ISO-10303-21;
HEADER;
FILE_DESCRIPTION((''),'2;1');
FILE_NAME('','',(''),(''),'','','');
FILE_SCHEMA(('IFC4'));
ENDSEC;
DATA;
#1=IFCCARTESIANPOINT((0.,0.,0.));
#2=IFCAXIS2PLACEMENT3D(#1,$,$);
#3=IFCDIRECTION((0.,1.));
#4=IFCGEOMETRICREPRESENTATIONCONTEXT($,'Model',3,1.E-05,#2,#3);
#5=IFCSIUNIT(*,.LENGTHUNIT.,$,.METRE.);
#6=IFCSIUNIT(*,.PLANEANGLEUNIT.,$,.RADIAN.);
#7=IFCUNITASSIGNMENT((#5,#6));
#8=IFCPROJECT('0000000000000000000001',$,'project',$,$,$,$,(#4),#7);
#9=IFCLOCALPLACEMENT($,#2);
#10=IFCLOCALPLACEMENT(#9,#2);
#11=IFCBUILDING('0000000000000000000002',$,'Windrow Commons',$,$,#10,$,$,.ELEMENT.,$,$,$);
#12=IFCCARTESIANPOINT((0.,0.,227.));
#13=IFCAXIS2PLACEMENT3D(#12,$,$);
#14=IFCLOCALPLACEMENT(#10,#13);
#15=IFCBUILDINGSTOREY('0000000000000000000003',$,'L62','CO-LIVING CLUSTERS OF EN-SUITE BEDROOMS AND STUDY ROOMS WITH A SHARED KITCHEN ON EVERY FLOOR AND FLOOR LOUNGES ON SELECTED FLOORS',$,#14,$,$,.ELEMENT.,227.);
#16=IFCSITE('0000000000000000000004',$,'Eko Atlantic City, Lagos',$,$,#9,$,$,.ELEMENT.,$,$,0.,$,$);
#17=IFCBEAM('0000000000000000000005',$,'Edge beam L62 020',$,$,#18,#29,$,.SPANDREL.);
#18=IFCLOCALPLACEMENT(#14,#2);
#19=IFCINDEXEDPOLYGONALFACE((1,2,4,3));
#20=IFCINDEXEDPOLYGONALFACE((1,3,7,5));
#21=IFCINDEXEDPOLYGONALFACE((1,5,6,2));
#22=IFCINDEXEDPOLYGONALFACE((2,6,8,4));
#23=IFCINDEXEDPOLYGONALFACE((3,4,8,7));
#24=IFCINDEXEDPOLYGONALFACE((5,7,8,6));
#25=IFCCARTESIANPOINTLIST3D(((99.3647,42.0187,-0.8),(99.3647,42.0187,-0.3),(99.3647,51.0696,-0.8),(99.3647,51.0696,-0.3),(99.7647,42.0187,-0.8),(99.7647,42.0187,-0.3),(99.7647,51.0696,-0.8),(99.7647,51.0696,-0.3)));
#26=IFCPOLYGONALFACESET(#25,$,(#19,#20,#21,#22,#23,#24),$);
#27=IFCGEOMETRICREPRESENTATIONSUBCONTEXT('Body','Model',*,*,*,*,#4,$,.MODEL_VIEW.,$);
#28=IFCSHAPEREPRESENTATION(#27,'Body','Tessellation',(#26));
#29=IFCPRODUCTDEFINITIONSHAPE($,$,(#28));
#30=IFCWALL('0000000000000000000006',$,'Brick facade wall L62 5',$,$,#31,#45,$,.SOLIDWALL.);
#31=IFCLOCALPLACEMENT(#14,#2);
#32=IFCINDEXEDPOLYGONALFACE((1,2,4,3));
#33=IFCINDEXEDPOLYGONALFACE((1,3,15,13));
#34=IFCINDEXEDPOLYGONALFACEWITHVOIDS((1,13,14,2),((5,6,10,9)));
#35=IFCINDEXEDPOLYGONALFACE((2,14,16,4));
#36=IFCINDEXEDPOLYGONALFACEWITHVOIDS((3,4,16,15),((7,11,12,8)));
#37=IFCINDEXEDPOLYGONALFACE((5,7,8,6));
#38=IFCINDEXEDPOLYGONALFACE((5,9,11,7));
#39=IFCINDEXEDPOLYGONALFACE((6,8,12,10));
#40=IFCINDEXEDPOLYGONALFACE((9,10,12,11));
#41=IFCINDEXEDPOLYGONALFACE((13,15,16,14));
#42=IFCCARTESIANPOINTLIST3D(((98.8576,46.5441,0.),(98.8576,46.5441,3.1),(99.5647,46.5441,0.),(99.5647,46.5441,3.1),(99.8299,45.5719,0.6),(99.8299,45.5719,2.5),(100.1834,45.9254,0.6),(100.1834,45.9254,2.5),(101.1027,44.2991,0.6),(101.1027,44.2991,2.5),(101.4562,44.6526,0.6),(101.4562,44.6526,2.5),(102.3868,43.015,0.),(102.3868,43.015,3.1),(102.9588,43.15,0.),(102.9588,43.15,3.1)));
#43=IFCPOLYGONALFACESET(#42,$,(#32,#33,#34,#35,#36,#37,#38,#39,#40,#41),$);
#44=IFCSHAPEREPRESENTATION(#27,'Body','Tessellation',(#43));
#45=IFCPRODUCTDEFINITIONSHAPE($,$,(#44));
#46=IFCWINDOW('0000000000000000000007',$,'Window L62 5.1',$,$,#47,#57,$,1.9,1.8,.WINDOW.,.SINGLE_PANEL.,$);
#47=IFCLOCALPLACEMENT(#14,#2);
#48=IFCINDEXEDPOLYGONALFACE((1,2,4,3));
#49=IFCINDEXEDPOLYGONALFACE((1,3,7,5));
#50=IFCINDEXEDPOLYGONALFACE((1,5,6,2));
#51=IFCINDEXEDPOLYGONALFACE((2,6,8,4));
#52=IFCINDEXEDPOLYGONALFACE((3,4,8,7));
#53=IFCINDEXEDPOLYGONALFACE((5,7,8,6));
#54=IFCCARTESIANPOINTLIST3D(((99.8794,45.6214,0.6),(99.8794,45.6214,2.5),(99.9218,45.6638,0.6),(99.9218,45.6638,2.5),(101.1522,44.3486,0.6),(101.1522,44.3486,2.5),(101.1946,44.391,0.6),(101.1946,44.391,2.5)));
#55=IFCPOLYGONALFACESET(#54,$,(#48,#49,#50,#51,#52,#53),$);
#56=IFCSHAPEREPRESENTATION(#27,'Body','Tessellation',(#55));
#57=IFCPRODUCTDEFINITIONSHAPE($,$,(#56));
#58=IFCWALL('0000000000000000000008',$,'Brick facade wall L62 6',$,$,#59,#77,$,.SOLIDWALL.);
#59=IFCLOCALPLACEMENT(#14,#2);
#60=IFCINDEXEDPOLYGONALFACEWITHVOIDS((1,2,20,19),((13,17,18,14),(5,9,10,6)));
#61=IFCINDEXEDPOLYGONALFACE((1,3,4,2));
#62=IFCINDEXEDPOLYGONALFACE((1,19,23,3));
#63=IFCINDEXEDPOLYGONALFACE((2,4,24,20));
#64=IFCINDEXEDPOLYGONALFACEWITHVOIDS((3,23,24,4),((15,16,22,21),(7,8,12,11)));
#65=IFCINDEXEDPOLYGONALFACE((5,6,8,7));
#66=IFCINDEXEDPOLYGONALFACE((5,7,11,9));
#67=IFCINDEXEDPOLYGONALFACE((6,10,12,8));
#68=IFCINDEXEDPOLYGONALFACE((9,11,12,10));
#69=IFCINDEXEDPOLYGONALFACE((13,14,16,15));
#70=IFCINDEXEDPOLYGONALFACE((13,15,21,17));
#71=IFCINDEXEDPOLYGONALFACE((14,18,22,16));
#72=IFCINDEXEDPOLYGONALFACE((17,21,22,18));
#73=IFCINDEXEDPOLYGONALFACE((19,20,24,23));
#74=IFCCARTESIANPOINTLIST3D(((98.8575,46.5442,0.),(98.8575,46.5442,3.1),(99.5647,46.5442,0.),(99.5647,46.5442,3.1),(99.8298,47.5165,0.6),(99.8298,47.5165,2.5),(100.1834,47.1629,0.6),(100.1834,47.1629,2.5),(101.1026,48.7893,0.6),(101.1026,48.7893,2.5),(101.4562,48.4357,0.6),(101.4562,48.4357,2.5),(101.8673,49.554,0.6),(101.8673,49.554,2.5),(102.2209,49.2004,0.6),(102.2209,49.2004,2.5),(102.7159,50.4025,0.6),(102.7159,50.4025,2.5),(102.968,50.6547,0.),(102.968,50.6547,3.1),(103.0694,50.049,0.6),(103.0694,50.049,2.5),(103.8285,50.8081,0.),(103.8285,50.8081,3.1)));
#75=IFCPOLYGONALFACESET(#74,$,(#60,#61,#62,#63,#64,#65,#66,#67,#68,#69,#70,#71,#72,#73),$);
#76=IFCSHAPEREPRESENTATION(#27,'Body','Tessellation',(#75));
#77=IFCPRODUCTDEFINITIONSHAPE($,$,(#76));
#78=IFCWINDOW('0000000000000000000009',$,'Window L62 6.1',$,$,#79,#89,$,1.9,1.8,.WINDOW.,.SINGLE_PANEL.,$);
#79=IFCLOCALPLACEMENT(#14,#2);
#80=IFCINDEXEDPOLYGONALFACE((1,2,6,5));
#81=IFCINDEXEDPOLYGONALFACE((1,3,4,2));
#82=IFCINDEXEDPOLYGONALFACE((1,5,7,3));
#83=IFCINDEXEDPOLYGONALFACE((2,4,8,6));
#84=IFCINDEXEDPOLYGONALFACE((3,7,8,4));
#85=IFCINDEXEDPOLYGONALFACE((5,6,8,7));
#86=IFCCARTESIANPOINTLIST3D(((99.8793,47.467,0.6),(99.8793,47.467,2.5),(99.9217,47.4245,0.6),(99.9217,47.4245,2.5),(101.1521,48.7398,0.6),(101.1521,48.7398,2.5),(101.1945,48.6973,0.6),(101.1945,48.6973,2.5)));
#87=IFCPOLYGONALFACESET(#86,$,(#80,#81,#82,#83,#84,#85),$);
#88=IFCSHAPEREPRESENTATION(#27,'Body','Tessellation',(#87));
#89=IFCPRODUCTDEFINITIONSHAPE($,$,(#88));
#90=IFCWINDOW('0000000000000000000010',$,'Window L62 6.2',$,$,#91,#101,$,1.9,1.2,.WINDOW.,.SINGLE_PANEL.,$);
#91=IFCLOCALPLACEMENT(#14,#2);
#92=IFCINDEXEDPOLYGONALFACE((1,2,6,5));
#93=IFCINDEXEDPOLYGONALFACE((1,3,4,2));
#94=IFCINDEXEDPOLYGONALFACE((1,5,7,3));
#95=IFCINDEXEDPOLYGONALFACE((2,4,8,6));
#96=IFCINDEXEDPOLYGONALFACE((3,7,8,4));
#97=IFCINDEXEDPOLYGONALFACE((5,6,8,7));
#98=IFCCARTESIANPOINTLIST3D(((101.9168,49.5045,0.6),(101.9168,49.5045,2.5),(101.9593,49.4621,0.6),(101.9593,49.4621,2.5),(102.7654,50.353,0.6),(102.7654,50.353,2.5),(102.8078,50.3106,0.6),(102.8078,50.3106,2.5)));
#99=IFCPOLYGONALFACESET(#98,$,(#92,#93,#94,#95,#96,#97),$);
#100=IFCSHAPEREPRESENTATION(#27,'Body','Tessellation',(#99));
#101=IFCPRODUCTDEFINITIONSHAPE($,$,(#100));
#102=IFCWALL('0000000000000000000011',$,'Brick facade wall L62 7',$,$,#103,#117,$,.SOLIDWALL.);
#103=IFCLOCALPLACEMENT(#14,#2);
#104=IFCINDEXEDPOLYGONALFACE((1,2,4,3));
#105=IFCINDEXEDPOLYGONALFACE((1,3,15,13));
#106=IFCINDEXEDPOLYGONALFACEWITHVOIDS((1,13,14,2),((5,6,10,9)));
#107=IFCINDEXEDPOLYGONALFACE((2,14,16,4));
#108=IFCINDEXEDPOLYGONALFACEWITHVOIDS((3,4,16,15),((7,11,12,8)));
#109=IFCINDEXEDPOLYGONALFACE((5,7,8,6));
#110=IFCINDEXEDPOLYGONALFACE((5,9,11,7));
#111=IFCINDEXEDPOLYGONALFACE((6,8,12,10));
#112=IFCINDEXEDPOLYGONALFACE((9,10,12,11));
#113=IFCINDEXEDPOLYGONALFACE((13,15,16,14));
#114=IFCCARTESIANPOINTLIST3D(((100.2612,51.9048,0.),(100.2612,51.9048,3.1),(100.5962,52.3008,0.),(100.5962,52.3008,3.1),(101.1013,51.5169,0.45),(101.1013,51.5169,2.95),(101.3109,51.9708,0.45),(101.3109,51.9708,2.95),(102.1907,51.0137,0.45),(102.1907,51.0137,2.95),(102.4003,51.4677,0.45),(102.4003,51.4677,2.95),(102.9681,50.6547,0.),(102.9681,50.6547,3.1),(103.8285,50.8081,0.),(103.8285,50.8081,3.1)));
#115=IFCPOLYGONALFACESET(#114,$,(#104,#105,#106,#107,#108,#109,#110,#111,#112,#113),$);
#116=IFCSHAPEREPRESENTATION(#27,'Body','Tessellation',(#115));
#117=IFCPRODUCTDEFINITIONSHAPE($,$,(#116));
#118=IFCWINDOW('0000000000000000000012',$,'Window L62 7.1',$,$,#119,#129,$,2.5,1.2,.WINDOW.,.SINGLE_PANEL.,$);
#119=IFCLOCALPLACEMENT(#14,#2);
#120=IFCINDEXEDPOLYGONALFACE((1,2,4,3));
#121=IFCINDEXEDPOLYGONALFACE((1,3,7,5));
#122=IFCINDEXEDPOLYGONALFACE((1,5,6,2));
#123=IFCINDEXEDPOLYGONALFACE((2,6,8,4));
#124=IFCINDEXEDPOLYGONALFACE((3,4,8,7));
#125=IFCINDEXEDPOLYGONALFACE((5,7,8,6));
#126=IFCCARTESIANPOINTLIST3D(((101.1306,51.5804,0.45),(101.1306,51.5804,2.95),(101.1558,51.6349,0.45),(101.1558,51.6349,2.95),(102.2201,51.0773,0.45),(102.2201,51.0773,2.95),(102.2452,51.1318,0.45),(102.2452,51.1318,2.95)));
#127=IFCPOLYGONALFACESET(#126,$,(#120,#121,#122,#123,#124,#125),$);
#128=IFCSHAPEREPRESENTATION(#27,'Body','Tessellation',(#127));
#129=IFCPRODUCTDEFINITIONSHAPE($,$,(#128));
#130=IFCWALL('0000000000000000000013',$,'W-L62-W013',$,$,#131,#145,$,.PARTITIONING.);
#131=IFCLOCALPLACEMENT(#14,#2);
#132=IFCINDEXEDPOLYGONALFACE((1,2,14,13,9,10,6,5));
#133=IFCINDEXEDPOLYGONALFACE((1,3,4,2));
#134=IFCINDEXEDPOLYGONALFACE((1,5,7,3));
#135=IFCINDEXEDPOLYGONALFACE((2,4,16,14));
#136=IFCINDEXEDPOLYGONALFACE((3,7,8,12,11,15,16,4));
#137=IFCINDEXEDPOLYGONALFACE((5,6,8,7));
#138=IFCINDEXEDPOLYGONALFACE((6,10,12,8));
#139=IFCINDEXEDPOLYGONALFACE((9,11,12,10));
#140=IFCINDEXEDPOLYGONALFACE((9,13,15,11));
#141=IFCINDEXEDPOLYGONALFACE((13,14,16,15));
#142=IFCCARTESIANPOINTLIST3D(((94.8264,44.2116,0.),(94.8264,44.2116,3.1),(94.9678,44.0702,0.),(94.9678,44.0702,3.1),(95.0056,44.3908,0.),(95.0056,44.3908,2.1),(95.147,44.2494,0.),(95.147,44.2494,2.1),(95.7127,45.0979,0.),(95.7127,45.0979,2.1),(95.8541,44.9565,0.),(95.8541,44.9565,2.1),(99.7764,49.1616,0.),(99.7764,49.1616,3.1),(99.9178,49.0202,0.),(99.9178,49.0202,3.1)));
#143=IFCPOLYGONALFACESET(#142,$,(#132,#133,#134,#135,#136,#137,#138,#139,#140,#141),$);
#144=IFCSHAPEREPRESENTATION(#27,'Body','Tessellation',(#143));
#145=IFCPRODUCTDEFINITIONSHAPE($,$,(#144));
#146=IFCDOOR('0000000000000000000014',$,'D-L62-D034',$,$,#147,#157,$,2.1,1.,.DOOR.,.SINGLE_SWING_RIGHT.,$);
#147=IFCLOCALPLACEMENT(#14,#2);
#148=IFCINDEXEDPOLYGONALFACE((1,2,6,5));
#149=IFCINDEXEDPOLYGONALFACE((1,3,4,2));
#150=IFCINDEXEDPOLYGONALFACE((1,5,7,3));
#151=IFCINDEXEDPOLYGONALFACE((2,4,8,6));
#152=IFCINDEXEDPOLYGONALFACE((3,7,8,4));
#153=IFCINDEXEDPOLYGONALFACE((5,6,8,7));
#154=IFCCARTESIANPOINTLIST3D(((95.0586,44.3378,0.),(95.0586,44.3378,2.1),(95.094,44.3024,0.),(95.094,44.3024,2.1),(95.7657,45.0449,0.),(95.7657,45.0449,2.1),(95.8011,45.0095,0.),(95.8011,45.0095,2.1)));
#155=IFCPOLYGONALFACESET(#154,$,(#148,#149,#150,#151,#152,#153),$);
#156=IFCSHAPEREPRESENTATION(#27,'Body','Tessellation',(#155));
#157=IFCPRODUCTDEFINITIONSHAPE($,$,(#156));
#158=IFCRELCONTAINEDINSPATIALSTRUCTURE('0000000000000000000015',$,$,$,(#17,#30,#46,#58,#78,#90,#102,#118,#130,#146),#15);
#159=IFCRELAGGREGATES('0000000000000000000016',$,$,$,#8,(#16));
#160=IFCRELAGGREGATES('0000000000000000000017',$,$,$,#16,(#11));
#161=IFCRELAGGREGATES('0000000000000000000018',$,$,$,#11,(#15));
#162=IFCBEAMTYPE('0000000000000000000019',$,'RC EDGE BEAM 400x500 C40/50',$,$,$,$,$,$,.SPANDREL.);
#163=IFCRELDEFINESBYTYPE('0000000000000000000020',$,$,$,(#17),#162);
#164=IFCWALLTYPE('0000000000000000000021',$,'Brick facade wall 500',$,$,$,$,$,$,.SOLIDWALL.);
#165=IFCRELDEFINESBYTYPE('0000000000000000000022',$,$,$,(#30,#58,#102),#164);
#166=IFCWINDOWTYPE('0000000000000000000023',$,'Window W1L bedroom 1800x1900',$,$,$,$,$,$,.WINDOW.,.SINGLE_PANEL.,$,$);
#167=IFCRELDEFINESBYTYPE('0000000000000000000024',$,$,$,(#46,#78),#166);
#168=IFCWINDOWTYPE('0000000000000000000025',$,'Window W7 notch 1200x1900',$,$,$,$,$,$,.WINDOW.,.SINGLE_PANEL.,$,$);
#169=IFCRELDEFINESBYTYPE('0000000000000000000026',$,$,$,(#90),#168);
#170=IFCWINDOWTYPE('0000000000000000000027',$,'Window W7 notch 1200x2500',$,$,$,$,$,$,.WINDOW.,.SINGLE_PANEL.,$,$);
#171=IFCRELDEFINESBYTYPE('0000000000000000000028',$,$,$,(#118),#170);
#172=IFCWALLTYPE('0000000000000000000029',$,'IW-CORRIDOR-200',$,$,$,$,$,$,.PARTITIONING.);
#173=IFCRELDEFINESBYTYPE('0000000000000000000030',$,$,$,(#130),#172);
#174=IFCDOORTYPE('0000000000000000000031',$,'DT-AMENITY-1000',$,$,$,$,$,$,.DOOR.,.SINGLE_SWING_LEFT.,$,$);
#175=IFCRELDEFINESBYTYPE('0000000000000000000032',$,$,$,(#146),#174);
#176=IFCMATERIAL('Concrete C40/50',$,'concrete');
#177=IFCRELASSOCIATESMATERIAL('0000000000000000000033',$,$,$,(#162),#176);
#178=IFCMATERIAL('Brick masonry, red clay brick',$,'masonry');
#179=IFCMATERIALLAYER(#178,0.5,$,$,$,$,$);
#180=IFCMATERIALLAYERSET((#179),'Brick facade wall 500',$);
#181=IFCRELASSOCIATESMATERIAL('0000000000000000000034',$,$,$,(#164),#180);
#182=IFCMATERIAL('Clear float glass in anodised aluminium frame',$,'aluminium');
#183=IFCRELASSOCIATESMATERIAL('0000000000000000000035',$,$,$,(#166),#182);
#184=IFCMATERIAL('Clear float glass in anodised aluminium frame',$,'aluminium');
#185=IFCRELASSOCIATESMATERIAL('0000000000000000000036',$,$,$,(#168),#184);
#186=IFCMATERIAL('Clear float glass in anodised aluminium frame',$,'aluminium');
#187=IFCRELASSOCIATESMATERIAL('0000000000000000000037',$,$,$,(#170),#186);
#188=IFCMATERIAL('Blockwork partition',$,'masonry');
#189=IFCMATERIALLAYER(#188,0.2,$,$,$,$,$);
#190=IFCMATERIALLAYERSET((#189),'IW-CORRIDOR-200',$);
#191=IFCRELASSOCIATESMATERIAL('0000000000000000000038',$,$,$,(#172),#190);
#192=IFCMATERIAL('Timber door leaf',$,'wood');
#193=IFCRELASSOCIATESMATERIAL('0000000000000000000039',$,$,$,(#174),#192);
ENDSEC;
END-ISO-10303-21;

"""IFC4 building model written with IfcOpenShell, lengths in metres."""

from ifc_helpers import new_model, si_unit, direction, frame, frame_2d, origin, origin_2d, place, context, subcontext, project, spatial, polyline, rectangle, outline, extrude, material, layer, layer_set, material_profile, profile_set, type_object, element, fill, save


model = new_model("IFC4")

# Units and contexts
model_context = context("Model", 3, precision=1e-05, world=origin(), true_north=direction((0.0, 1.0)))
body_context = subcontext(model_context, "Body", "Model", "MODEL_VIEW")
ifc_project = project(units=[si_unit("LENGTHUNIT", "METRE"), si_unit("PLANEANGLEUNIT", "RADIAN")], contexts=[model_context])

# Site, building, storey
site_placement = place(None, origin())
site = spatial("IfcSite", under=ifc_project, at=site_placement, Name="Eko Atlantic City, Lagos", CompositionType="ELEMENT", RefElevation=0.0)
building_placement = place(site_placement, origin())
building = spatial("IfcBuilding", under=site, at=building_placement, Name="Windrow Commons", CompositionType="ELEMENT")
storey_placement = place(building_placement, frame((0.0, 0.0, 227.0)))
storey = spatial("IfcBuildingStorey", under=building, at=storey_placement, Name="L62", Description="CO-LIVING CLUSTERS OF EN-SUITE BEDROOMS AND STUDY ROOMS WITH A SHARED KITCHEN ON EVERY FLOOR AND FLOOR LOUNGES ON SELECTED FLOORS", CompositionType="ELEMENT", Elevation=227.0)

# Beam
ifc_material_1 = material(Name="Concrete C40/50", Category="concrete")
ifc_material_profile = material_profile(ifc_material_1, rectangle(XDim=0.4, YDim=0.5, at=origin_2d()))
ifc_profile_set = profile_set([ifc_material_profile], Name="Concrete C40/50")
beam_type = type_object("IfcBeamType", Name="RC EDGE BEAM 400x500 C40/50", PredefinedType="SPANDREL", material=ifc_profile_set)
beam_placement = place(storey_placement, frame((99.5647, 51.0696, -0.55), z_axis=(0.0, -1.0, 0.0), x_axis=(1.0, 0.0, 0.0)))
element("IfcBeam", 1, at=beam_placement, inside=storey, type_object=beam_type, Name="Edge beam L62 020", PredefinedType="SPANDREL", context=body_context, shape_type="SweptSolid", body=[
    extrude(rectangle(XDim=0.4, YDim=0.5, at=origin_2d()), origin(), (0.0, 0.0, 1.0), 9.0509),
])

# Wall, opening, window
ifc_material_2 = material(Name="Brick masonry, red clay brick", Category="masonry")
ifc_layer_1 = layer(ifc_material_2, 0.5)
ifc_layer_set_1 = layer_set([ifc_layer_1], Name="Brick facade wall 500")
wall_type_1 = type_object("IfcWallType", Name="Brick facade wall 500", PredefinedType="SOLIDWALL", material=ifc_layer_set_1)
wall_1_placement = place(storey_placement, frame((102.6728, 43.0825, 0.0), z_axis=(0.0, 0.0, 1.0), x_axis=(-0.707107, 0.707107, 0.0)))
wall_1 = element("IfcWall", 2, at=wall_1_placement, inside=storey, type_object=wall_type_1, Name="Brick facade wall L62 5", PredefinedType="SOLIDWALL", context=body_context, shape_type="SweptSolid", body=[
    extrude(outline(polyline([(-0.1545, -0.25), (4.6455, -0.25), (5.1455, 0.25), (0.1545, 0.25), (-0.1545, -0.25)])), origin(), (0.0, 0.0, 1.0), 3.1),
])
opening_1_placement = place(wall_1_placement, frame((1.9705, 0.0, 0.6)))
opening_1 = element("IfcOpeningElement", 3, at=opening_1_placement, cuts=wall_1, PredefinedType="OPENING", context=body_context, shape_type="SweptSolid", body=[
    extrude(rectangle(XDim=1.8, YDim=1.9, at=frame_2d((0.9, 0.95))), frame((0.0, 0.26, 0.0), z_axis=(0.0, -1.0, 0.0), x_axis=(1.0, 0.0, 0.0)), (0.0, 0.0, 1.0), 0.52),
])
ifc_material_3 = material(Name="Clear float glass in anodised aluminium frame", Category="aluminium")
window_type_1 = type_object("IfcWindowType", Name="Window W1L bedroom 1800x1900", PartitioningType="SINGLE_PANEL", PredefinedType="WINDOW", material=ifc_material_3)
window_1_placement = place(opening_1_placement, origin())
window_1 = element("IfcWindow", 4, at=window_1_placement, inside=storey, type_object=window_type_1, Name="Window L62 5.1", OverallHeight=1.9, OverallWidth=1.8, PartitioningType="SINGLE_PANEL", PredefinedType="WINDOW", context=body_context, shape_type="SweptSolid", body=[
    extrude(rectangle(XDim=1.8, YDim=1.9, at=frame_2d((0.9, 0.95))), frame((0.0, 0.18, 0.0), z_axis=(0.0, -1.0, 0.0), x_axis=(1.0, 0.0, 0.0)), (0.0, 0.0, 1.0), 0.06),
])
fill(opening_1, window_1)

# Wall, openings, windows
wall_2_placement = place(storey_placement, frame((99.2111, 46.5442, 0.0), z_axis=(0.0, 0.0, 1.0), x_axis=(0.707107, 0.707107, 0.0)))
wall_2 = element("IfcWall", 5, at=wall_2_placement, inside=storey, type_object=wall_type_1, Name="Brick facade wall L62 6", PredefinedType="SOLIDWALL", context=body_context, shape_type="SweptSolid", body=[
    extrude(outline(polyline([(0.25, -0.25), (6.28, -0.25), (5.5631, 0.25), (-0.25, 0.25), (0.25, -0.25)])), origin(), (0.0, 0.0, 1.0), 3.1),
])
opening_2_placement = place(wall_2_placement, frame((1.125, 0.0, 0.6)))
opening_2 = element("IfcOpeningElement", 6, at=opening_2_placement, cuts=wall_2, PredefinedType="OPENING", context=body_context, shape_type="SweptSolid", body=[
    extrude(rectangle(XDim=1.8, YDim=1.9, at=frame_2d((0.9, 0.95))), frame((0.0, 0.26, 0.0), z_axis=(0.0, -1.0, 0.0), x_axis=(1.0, 0.0, 0.0)), (0.0, 0.0, 1.0), 0.52),
])
opening_3_placement = place(wall_2_placement, frame((4.0065, 0.0, 0.6)))
opening_3 = element("IfcOpeningElement", 7, at=opening_3_placement, cuts=wall_2, PredefinedType="OPENING", context=body_context, shape_type="SweptSolid", body=[
    extrude(rectangle(XDim=1.2, YDim=1.9, at=frame_2d((0.6, 0.95))), frame((0.0, 0.26, 0.0), z_axis=(0.0, -1.0, 0.0), x_axis=(1.0, 0.0, 0.0)), (0.0, 0.0, 1.0), 0.52),
])
window_2_placement = place(opening_2_placement, origin())
window_2 = element("IfcWindow", 8, at=window_2_placement, inside=storey, type_object=window_type_1, Name="Window L62 6.1", OverallHeight=1.9, OverallWidth=1.8, PartitioningType="SINGLE_PANEL", PredefinedType="WINDOW", context=body_context, shape_type="SweptSolid", body=[
    extrude(rectangle(XDim=1.8, YDim=1.9, at=frame_2d((0.9, 0.95))), frame((0.0, 0.18, 0.0), z_axis=(0.0, -1.0, 0.0), x_axis=(1.0, 0.0, 0.0)), (0.0, 0.0, 1.0), 0.06),
])
fill(opening_2, window_2)
ifc_material_4 = material(Name="Clear float glass in anodised aluminium frame", Category="aluminium")
window_type_2 = type_object("IfcWindowType", Name="Window W7 notch 1200x1900", PartitioningType="SINGLE_PANEL", PredefinedType="WINDOW", material=ifc_material_4)
window_3_placement = place(opening_3_placement, origin())
window_3 = element("IfcWindow", 9, at=window_3_placement, inside=storey, type_object=window_type_2, Name="Window L62 6.2", OverallHeight=1.9, OverallWidth=1.2, PartitioningType="SINGLE_PANEL", PredefinedType="WINDOW", context=body_context, shape_type="SweptSolid", body=[
    extrude(rectangle(XDim=1.2, YDim=1.9, at=frame_2d((0.6, 0.95))), frame((0.0, 0.18, 0.0), z_axis=(0.0, -1.0, 0.0), x_axis=(1.0, 0.0, 0.0)), (0.0, 0.0, 1.0), 0.06),
])
fill(opening_3, window_3)

# Wall, opening, window
wall_3_placement = place(storey_placement, frame((103.3983, 50.7314, 0.0), z_axis=(0.0, 0.0, 1.0), x_axis=(-0.907859, 0.419275, 0.0)))
wall_3 = element("IfcWall", 10, at=wall_3_placement, inside=storey, type_object=wall_type_1, Name="Brick facade wall L62 7", PredefinedType="SOLIDWALL", context=body_context, shape_type="SweptSolid", body=[
    extrude(outline(polyline([(-0.3584, -0.25), (3.2019, -0.25), (3.34, 0.25), (0.3584, 0.25), (-0.3584, -0.25)])), origin(), (0.0, 0.0, 1.0), 3.1),
])
opening_4_placement = place(wall_3_placement, frame((1.2147, 0.0, 0.45)))
opening_4 = element("IfcOpeningElement", 11, at=opening_4_placement, cuts=wall_3, PredefinedType="OPENING", context=body_context, shape_type="SweptSolid", body=[
    extrude(rectangle(XDim=1.2, YDim=2.5, at=frame_2d((0.6, 1.25))), frame((0.0, 0.26, 0.0), z_axis=(0.0, -1.0, 0.0), x_axis=(1.0, 0.0, 0.0)), (0.0, 0.0, 1.0), 0.52),
])
ifc_material_5 = material(Name="Clear float glass in anodised aluminium frame", Category="aluminium")
window_type_3 = type_object("IfcWindowType", Name="Window W7 notch 1200x2500", PartitioningType="SINGLE_PANEL", PredefinedType="WINDOW", material=ifc_material_5)
window_4_placement = place(opening_4_placement, origin())
window_4 = element("IfcWindow", 12, at=window_4_placement, inside=storey, type_object=window_type_3, Name="Window L62 7.1", OverallHeight=2.5, OverallWidth=1.2, PartitioningType="SINGLE_PANEL", PredefinedType="WINDOW", context=body_context, shape_type="SweptSolid", body=[
    extrude(rectangle(XDim=1.2, YDim=2.5, at=frame_2d((0.6, 1.25))), frame((0.0, 0.18, 0.0), z_axis=(0.0, -1.0, 0.0), x_axis=(1.0, 0.0, 0.0)), (0.0, 0.0, 1.0), 0.06),
])
fill(opening_4, window_4)

# Wall, opening, door
ifc_material_6 = material(Name="Blockwork partition", Category="masonry")
ifc_layer_2 = layer(ifc_material_6, 0.2)
ifc_layer_set_2 = layer_set([ifc_layer_2], Name="IW-CORRIDOR-200")
wall_type_2 = type_object("IfcWallType", Name="IW-CORRIDOR-200", PredefinedType="PARTITIONING", material=ifc_layer_set_2)
wall_4_placement = place(storey_placement, frame((94.8971, 44.1409, 0.0), z_axis=(0.0, 0.0, 1.0), x_axis=(0.707107, 0.707107, 0.0)))
wall_4 = element("IfcWall", 13, at=wall_4_placement, inside=storey, type_object=wall_type_2, Name="W-L62-W013", PredefinedType="PARTITIONING", context=body_context, shape_type="SweptSolid", body=[
    extrude(rectangle(XDim=7.0004, YDim=0.2, at=frame_2d((3.5002, 0.0))), origin(), (0.0, 0.0, 1.0), 3.1),
])
opening_5_placement = place(wall_4_placement, frame((0.2534, 0.0, 0.0)))
opening_5 = element("IfcOpeningElement", 14, at=opening_5_placement, cuts=wall_4, PredefinedType="OPENING", context=body_context, shape_type="SweptSolid", body=[
    extrude(rectangle(XDim=1.0, YDim=2.1, at=frame_2d((0.5, 1.05))), frame((0.0, 0.11, 0.0), z_axis=(0.0, -1.0, 0.0), x_axis=(1.0, 0.0, 0.0)), (0.0, 0.0, 1.0), 0.22),
])
ifc_material_7 = material(Name="Timber door leaf", Category="wood")
door_type_1 = type_object("IfcDoorType", Name="DT-AMENITY-1000", OperationType="SINGLE_SWING_LEFT", PredefinedType="DOOR", material=ifc_material_7)
door_1_placement = place(opening_5_placement, origin())
door_1 = element("IfcDoor", 15, at=door_1_placement, inside=storey, type_object=door_type_1, Name="D-L62-D034", OperationType="SINGLE_SWING_RIGHT", OverallHeight=2.1, OverallWidth=1.0, PredefinedType="DOOR", context=body_context, shape_type="SweptSolid", body=[
    extrude(rectangle(XDim=1.0, YDim=2.1, at=frame_2d((0.5, 1.05))), frame((0.0, 0.025, 0.0), z_axis=(0.0, -1.0, 0.0), x_axis=(1.0, 0.0, 0.0)), (0.0, 0.0, 1.0), 0.05),
])
fill(opening_5, door_1)

save(model, "model.ifc")
